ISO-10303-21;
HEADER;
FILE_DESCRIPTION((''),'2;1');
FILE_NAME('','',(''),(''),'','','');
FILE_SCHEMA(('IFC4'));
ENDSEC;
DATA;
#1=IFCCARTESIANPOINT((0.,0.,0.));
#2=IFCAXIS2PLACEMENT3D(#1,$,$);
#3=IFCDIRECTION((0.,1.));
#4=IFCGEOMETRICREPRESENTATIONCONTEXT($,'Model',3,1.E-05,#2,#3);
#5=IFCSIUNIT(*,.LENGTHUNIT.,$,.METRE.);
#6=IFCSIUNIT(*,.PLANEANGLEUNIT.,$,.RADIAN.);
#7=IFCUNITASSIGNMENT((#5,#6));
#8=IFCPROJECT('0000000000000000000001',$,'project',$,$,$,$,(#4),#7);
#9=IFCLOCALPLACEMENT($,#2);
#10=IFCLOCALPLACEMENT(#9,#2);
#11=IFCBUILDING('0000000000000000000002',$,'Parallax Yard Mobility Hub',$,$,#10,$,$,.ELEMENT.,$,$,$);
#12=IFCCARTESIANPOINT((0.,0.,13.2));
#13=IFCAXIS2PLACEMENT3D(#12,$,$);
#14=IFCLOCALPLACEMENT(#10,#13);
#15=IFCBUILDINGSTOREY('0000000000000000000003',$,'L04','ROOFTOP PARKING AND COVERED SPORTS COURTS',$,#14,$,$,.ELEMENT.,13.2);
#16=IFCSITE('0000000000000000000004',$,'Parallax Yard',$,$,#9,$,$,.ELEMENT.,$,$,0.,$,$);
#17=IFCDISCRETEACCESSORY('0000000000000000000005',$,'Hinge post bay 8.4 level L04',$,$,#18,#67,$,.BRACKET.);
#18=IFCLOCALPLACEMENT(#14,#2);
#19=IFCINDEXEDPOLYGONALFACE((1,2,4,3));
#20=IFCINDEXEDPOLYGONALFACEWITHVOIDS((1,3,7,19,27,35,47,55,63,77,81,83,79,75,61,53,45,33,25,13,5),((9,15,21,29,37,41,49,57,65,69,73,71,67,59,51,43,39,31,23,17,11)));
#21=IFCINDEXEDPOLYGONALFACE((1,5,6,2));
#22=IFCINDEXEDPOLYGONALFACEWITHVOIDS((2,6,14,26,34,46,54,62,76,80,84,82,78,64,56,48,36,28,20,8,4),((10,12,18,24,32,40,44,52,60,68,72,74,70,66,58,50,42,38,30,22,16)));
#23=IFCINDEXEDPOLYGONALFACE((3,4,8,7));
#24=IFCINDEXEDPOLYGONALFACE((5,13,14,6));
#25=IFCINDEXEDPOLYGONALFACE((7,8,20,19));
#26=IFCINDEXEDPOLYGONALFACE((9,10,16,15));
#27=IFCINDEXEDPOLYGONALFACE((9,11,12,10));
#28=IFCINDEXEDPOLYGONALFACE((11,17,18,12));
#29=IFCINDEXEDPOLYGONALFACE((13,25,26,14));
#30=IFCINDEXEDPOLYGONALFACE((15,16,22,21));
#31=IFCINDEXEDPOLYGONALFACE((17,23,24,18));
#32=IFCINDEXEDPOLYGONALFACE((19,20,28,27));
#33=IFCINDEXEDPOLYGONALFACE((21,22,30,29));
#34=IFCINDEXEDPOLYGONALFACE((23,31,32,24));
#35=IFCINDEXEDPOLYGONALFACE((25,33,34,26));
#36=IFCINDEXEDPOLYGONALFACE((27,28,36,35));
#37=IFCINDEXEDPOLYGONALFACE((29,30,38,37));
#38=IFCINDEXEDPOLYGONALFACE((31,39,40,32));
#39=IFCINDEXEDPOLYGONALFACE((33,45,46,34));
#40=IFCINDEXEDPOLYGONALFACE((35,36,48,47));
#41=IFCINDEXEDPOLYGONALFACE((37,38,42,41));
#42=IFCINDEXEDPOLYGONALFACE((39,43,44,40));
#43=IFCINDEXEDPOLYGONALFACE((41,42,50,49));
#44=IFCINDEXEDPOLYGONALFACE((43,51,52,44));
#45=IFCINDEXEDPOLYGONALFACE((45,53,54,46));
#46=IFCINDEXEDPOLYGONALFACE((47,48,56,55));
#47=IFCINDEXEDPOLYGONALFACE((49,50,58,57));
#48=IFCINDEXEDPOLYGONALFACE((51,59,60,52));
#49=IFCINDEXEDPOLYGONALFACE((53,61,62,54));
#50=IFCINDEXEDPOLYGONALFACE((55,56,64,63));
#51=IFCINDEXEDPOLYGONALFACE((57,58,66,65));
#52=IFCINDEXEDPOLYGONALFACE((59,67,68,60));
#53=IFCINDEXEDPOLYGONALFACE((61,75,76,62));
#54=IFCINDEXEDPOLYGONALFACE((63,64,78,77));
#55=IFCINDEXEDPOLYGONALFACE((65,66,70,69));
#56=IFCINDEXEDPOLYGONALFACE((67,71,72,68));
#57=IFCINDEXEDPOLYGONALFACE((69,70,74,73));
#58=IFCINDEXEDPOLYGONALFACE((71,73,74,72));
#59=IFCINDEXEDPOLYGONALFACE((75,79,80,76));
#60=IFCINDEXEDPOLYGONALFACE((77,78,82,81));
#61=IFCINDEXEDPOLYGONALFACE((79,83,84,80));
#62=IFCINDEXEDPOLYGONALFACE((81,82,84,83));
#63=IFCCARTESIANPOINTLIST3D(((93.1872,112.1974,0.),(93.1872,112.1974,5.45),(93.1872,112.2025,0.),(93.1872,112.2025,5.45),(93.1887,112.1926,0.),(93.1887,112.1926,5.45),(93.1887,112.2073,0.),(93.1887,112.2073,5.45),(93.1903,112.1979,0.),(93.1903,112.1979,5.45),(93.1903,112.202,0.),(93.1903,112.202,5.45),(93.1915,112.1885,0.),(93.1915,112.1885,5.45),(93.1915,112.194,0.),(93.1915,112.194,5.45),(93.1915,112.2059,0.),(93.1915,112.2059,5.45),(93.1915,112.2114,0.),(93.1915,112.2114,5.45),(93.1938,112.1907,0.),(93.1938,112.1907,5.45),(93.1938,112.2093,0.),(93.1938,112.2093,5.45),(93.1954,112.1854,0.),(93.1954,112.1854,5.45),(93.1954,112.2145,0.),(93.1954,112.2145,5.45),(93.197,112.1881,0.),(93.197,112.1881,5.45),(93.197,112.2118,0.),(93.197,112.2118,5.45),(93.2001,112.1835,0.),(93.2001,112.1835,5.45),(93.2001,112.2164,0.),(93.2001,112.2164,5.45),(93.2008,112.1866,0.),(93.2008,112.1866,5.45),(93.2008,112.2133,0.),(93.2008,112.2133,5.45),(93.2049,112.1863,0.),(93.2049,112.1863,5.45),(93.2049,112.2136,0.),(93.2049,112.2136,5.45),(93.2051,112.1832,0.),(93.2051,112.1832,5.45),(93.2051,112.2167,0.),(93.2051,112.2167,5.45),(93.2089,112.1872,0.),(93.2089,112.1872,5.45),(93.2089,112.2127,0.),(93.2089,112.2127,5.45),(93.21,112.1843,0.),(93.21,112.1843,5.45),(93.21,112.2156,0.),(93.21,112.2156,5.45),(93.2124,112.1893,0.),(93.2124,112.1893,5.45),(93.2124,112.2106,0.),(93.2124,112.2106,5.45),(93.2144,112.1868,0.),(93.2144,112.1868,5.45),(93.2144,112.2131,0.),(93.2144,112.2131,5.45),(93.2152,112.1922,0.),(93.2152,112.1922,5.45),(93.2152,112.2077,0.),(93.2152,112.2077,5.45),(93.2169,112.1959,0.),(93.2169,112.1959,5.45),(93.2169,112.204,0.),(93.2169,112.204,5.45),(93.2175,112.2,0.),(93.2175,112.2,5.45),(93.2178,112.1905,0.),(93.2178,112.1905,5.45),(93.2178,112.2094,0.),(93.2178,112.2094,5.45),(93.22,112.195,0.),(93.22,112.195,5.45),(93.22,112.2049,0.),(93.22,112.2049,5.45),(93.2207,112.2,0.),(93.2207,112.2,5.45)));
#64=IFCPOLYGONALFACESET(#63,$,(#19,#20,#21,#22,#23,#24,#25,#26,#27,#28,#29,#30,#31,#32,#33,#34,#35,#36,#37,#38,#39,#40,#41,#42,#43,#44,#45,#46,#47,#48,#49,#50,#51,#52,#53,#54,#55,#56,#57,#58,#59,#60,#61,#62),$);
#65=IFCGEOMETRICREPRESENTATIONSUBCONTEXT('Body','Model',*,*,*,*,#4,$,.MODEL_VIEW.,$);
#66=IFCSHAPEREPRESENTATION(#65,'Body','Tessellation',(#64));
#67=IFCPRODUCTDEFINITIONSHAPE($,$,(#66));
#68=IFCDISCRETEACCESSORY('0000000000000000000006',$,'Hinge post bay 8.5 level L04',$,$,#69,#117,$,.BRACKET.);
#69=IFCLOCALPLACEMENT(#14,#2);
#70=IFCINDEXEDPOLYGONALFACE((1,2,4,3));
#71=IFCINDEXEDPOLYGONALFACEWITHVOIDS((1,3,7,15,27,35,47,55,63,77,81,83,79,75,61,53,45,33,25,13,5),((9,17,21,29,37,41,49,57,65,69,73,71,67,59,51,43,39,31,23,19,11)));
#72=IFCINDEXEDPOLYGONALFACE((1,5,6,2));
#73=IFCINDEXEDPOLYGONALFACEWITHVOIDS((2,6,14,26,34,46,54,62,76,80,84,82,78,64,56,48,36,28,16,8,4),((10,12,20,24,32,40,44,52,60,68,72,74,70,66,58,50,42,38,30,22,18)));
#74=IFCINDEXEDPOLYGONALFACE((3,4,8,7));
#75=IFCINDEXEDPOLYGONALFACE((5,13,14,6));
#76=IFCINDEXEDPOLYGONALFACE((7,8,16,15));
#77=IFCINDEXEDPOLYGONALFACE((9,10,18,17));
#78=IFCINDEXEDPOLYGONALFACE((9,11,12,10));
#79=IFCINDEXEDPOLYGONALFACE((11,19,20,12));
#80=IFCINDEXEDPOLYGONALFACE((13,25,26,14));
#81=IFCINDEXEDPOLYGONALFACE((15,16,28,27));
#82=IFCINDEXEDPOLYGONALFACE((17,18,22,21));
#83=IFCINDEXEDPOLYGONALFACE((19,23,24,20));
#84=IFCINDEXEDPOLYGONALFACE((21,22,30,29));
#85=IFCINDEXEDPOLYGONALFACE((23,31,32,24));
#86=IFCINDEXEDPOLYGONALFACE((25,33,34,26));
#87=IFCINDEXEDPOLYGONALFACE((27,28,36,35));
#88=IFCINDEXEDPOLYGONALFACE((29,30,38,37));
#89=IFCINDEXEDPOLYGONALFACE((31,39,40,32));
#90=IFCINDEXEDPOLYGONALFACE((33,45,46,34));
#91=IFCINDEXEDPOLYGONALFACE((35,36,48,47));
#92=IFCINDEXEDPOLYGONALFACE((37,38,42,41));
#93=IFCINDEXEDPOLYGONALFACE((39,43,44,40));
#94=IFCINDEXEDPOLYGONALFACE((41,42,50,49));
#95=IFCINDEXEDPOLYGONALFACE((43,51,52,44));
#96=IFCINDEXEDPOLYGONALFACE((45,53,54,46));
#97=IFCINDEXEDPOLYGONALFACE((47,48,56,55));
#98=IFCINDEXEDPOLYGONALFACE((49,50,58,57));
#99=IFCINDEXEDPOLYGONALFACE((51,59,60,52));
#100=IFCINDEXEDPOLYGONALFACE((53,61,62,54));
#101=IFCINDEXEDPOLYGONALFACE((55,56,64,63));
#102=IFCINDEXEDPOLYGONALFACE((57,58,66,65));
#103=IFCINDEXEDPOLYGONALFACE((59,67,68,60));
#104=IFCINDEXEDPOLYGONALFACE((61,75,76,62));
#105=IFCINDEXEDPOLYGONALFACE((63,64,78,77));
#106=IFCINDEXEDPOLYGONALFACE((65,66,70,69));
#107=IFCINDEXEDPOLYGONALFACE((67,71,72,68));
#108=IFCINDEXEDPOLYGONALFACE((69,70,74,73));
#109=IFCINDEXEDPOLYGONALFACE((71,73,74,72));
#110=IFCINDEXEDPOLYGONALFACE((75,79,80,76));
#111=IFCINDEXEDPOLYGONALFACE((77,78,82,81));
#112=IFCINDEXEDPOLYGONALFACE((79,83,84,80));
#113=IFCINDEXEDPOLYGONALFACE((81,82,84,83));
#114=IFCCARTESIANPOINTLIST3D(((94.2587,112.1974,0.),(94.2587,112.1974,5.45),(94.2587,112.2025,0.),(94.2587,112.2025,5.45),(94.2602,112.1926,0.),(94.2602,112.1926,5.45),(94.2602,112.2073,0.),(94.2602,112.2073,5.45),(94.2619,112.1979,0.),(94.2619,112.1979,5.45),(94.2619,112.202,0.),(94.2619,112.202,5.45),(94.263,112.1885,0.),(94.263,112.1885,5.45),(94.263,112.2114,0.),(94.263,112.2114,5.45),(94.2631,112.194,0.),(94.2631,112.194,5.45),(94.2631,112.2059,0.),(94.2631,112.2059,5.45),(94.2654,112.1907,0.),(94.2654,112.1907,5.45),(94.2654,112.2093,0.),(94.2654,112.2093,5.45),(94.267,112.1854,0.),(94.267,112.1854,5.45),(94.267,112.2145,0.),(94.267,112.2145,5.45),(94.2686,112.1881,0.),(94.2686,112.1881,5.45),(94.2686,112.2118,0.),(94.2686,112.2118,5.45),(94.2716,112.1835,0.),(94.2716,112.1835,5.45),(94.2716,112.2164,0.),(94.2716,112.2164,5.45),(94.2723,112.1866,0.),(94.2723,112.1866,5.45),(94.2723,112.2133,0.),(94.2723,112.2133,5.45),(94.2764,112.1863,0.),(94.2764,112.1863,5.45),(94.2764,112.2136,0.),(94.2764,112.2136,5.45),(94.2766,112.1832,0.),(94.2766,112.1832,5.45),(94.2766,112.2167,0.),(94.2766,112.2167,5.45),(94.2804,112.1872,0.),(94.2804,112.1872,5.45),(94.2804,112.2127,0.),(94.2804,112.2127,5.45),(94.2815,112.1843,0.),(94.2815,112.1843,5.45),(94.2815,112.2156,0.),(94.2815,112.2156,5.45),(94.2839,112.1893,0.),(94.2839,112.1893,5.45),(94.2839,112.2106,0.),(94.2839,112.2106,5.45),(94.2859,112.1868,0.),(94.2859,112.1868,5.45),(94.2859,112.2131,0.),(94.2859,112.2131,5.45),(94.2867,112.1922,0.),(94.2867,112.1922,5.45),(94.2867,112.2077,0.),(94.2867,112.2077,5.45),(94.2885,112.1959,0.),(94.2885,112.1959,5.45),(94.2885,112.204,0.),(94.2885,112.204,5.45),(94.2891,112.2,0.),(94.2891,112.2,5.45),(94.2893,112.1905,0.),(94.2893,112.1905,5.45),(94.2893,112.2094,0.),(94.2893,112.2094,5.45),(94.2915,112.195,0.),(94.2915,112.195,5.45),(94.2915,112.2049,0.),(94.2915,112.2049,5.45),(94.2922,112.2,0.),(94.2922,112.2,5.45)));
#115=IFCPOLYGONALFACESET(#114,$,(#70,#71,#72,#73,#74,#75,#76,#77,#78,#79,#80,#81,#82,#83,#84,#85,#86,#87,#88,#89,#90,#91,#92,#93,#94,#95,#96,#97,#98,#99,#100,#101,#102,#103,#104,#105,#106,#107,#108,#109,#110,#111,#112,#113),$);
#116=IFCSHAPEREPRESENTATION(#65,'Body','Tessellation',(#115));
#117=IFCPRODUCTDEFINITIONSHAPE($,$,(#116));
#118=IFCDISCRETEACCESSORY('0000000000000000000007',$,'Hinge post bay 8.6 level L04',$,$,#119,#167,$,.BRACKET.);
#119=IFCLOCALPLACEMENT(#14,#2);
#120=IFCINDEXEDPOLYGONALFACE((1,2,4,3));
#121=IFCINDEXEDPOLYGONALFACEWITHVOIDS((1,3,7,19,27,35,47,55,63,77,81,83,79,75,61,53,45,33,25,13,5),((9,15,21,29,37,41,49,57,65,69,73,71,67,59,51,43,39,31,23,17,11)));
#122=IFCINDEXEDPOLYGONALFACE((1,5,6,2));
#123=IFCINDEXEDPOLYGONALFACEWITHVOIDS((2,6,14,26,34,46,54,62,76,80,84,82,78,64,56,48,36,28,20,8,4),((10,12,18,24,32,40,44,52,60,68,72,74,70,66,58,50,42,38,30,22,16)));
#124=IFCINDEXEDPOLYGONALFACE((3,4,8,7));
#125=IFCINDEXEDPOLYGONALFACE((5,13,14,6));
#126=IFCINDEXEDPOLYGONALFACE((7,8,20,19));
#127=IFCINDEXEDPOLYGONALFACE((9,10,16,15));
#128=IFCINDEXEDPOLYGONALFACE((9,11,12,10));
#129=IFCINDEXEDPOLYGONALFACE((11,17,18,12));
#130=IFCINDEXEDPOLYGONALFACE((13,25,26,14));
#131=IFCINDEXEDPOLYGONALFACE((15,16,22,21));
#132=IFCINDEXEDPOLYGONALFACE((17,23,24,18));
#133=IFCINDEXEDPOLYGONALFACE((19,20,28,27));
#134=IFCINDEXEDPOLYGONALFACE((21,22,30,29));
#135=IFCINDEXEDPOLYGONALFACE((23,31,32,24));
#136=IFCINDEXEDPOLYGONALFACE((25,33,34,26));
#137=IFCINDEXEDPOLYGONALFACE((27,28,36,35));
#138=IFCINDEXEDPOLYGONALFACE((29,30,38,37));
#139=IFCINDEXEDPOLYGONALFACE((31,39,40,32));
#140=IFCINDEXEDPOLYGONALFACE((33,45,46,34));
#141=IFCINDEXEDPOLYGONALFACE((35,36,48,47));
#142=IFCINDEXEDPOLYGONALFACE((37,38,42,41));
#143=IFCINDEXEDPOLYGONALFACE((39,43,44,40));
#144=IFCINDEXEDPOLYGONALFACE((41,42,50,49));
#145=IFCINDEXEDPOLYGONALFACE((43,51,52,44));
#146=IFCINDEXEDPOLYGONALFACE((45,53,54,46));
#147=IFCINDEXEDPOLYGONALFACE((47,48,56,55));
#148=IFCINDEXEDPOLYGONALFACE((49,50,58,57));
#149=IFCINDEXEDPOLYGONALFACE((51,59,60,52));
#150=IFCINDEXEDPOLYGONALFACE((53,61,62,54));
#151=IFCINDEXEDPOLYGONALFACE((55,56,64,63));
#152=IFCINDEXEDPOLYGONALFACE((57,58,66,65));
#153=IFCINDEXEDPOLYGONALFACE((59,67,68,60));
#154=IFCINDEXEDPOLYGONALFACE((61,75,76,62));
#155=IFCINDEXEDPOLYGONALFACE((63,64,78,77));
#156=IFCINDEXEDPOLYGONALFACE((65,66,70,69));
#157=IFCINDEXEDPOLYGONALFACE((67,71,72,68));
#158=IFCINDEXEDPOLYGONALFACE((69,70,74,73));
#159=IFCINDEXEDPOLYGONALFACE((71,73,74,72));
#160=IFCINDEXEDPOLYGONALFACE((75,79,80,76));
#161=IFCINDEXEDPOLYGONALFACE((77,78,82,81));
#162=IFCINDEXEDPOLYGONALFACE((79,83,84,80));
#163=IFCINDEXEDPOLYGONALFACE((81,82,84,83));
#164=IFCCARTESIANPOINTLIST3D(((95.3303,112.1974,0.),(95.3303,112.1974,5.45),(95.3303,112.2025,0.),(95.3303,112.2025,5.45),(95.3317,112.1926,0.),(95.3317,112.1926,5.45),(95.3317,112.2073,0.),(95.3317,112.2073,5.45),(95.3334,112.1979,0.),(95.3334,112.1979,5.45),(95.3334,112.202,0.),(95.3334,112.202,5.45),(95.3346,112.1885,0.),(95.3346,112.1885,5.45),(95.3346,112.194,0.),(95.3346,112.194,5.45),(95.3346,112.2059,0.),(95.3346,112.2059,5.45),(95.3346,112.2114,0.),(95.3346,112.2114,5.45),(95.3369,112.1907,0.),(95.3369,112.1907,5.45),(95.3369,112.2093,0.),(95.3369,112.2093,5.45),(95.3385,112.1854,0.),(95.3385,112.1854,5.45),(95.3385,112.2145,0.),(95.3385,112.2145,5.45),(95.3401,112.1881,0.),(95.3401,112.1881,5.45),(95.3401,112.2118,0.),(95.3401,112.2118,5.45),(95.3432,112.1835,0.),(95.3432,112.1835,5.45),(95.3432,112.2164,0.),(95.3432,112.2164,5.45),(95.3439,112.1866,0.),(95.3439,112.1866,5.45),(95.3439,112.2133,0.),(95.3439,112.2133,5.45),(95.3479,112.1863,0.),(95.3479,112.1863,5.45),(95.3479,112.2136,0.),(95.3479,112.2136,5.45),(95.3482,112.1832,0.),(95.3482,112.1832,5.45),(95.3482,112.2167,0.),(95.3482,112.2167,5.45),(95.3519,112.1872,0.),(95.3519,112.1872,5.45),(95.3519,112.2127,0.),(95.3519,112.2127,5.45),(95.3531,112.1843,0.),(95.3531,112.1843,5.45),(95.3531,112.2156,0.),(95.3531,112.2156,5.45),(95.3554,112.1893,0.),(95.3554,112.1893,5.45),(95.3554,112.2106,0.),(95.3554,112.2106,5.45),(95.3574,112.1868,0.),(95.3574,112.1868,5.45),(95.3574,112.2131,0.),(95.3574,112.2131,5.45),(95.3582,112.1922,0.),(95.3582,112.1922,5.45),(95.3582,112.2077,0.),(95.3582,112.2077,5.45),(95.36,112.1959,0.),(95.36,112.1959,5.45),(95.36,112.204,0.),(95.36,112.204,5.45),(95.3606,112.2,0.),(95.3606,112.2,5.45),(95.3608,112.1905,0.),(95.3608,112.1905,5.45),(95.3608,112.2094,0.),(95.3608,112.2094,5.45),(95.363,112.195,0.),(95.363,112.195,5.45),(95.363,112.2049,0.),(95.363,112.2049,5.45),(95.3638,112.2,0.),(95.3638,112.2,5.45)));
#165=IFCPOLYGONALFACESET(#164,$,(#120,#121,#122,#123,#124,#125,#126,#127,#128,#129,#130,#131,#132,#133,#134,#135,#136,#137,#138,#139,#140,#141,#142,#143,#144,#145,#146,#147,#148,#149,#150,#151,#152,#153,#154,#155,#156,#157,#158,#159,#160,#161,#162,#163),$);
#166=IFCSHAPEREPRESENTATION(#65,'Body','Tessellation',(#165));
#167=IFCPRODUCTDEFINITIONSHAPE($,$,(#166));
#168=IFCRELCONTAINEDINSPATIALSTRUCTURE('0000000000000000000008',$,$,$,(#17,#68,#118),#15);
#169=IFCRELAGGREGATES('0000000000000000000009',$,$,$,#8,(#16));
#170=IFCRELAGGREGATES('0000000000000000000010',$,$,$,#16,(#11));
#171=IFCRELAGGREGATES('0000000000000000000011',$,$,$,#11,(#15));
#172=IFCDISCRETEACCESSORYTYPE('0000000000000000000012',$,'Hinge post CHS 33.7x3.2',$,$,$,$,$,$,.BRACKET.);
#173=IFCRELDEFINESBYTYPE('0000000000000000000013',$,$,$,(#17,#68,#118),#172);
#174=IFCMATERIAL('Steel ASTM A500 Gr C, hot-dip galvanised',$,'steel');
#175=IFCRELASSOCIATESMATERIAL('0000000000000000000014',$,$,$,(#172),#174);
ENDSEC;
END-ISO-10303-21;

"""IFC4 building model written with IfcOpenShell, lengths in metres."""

from ifc_helpers import new_model, si_unit, direction, frame, origin, origin_2d, place, context, subcontext, project, spatial, hollow_circle, extrude, material, material_profile, profile_set, type_object, element, save


model = new_model("IFC4")

# Units and contexts
model_context = context("Model", 3, precision=1e-05, world=origin(), true_north=direction((0.0, 1.0)))
body_context = subcontext(model_context, "Body", "Model", "MODEL_VIEW")
ifc_project = project(units=[si_unit("LENGTHUNIT", "METRE"), si_unit("PLANEANGLEUNIT", "RADIAN")], contexts=[model_context])

# Site, building, storey
site_placement = place(None, origin())
site = spatial("IfcSite", under=ifc_project, at=site_placement, Name="Parallax Yard", CompositionType="ELEMENT", RefElevation=0.0)
building_placement = place(site_placement, origin())
building = spatial("IfcBuilding", under=site, at=building_placement, Name="Parallax Yard Mobility Hub", CompositionType="ELEMENT")
storey_placement = place(building_placement, frame((0.0, 0.0, 13.2)))
storey = spatial("IfcBuildingStorey", under=building, at=storey_placement, Name="L04", Description="ROOFTOP PARKING AND COVERED SPORTS COURTS", CompositionType="ELEMENT", Elevation=13.2)

# Discrete accessories
ifc_material_1 = material(Name="Steel ASTM A500 Gr C, hot-dip galvanised", Category="steel")
ifc_material_profile_1 = material_profile(ifc_material_1, hollow_circle(Radius=0.0168, WallThickness=0.0032, at=origin_2d()), Name="CHS 33.7x3.2")
ifc_profile_set_1 = profile_set([ifc_material_profile_1], Name="Steel ASTM A500 Gr C, hot-dip galvanised")
discrete_accessory_type_1 = type_object("IfcDiscreteAccessoryType", Name="Hinge post CHS 33.7x3.2", PredefinedType="BRACKET", material=ifc_profile_set_1)
for number, where, z_axis, x_axis, name in (
    (1, (93.2039, 112.2, 0.0), (0.0, 0.0, 1.0), (1.0, 0.0, 0.0), "Hinge post bay 8.4 level L04"),
    (2, (94.2754, 112.2, 0.0), (0.0, 0.0, 1.0), (1.0, 0.0, 0.0), "Hinge post bay 8.5 level L04"),
    (3, (95.3469, 112.2, 0.0), (0.0, 0.0, 1.0), (1.0, 0.0, 0.0), "Hinge post bay 8.6 level L04"),
):
    element("IfcDiscreteAccessory", number, at=place(storey_placement, frame(where, z_axis=z_axis, x_axis=x_axis)), inside=storey, type_object=discrete_accessory_type_1, Name=name, PredefinedType="BRACKET", context=body_context, shape_type="SweptSolid", body=[
        extrude(hollow_circle(Radius=0.0168, WallThickness=0.0032, at=origin_2d()), origin(), (0.0, 0.0, 1.0), 5.45),
    ])

save(model, "model.ifc")
